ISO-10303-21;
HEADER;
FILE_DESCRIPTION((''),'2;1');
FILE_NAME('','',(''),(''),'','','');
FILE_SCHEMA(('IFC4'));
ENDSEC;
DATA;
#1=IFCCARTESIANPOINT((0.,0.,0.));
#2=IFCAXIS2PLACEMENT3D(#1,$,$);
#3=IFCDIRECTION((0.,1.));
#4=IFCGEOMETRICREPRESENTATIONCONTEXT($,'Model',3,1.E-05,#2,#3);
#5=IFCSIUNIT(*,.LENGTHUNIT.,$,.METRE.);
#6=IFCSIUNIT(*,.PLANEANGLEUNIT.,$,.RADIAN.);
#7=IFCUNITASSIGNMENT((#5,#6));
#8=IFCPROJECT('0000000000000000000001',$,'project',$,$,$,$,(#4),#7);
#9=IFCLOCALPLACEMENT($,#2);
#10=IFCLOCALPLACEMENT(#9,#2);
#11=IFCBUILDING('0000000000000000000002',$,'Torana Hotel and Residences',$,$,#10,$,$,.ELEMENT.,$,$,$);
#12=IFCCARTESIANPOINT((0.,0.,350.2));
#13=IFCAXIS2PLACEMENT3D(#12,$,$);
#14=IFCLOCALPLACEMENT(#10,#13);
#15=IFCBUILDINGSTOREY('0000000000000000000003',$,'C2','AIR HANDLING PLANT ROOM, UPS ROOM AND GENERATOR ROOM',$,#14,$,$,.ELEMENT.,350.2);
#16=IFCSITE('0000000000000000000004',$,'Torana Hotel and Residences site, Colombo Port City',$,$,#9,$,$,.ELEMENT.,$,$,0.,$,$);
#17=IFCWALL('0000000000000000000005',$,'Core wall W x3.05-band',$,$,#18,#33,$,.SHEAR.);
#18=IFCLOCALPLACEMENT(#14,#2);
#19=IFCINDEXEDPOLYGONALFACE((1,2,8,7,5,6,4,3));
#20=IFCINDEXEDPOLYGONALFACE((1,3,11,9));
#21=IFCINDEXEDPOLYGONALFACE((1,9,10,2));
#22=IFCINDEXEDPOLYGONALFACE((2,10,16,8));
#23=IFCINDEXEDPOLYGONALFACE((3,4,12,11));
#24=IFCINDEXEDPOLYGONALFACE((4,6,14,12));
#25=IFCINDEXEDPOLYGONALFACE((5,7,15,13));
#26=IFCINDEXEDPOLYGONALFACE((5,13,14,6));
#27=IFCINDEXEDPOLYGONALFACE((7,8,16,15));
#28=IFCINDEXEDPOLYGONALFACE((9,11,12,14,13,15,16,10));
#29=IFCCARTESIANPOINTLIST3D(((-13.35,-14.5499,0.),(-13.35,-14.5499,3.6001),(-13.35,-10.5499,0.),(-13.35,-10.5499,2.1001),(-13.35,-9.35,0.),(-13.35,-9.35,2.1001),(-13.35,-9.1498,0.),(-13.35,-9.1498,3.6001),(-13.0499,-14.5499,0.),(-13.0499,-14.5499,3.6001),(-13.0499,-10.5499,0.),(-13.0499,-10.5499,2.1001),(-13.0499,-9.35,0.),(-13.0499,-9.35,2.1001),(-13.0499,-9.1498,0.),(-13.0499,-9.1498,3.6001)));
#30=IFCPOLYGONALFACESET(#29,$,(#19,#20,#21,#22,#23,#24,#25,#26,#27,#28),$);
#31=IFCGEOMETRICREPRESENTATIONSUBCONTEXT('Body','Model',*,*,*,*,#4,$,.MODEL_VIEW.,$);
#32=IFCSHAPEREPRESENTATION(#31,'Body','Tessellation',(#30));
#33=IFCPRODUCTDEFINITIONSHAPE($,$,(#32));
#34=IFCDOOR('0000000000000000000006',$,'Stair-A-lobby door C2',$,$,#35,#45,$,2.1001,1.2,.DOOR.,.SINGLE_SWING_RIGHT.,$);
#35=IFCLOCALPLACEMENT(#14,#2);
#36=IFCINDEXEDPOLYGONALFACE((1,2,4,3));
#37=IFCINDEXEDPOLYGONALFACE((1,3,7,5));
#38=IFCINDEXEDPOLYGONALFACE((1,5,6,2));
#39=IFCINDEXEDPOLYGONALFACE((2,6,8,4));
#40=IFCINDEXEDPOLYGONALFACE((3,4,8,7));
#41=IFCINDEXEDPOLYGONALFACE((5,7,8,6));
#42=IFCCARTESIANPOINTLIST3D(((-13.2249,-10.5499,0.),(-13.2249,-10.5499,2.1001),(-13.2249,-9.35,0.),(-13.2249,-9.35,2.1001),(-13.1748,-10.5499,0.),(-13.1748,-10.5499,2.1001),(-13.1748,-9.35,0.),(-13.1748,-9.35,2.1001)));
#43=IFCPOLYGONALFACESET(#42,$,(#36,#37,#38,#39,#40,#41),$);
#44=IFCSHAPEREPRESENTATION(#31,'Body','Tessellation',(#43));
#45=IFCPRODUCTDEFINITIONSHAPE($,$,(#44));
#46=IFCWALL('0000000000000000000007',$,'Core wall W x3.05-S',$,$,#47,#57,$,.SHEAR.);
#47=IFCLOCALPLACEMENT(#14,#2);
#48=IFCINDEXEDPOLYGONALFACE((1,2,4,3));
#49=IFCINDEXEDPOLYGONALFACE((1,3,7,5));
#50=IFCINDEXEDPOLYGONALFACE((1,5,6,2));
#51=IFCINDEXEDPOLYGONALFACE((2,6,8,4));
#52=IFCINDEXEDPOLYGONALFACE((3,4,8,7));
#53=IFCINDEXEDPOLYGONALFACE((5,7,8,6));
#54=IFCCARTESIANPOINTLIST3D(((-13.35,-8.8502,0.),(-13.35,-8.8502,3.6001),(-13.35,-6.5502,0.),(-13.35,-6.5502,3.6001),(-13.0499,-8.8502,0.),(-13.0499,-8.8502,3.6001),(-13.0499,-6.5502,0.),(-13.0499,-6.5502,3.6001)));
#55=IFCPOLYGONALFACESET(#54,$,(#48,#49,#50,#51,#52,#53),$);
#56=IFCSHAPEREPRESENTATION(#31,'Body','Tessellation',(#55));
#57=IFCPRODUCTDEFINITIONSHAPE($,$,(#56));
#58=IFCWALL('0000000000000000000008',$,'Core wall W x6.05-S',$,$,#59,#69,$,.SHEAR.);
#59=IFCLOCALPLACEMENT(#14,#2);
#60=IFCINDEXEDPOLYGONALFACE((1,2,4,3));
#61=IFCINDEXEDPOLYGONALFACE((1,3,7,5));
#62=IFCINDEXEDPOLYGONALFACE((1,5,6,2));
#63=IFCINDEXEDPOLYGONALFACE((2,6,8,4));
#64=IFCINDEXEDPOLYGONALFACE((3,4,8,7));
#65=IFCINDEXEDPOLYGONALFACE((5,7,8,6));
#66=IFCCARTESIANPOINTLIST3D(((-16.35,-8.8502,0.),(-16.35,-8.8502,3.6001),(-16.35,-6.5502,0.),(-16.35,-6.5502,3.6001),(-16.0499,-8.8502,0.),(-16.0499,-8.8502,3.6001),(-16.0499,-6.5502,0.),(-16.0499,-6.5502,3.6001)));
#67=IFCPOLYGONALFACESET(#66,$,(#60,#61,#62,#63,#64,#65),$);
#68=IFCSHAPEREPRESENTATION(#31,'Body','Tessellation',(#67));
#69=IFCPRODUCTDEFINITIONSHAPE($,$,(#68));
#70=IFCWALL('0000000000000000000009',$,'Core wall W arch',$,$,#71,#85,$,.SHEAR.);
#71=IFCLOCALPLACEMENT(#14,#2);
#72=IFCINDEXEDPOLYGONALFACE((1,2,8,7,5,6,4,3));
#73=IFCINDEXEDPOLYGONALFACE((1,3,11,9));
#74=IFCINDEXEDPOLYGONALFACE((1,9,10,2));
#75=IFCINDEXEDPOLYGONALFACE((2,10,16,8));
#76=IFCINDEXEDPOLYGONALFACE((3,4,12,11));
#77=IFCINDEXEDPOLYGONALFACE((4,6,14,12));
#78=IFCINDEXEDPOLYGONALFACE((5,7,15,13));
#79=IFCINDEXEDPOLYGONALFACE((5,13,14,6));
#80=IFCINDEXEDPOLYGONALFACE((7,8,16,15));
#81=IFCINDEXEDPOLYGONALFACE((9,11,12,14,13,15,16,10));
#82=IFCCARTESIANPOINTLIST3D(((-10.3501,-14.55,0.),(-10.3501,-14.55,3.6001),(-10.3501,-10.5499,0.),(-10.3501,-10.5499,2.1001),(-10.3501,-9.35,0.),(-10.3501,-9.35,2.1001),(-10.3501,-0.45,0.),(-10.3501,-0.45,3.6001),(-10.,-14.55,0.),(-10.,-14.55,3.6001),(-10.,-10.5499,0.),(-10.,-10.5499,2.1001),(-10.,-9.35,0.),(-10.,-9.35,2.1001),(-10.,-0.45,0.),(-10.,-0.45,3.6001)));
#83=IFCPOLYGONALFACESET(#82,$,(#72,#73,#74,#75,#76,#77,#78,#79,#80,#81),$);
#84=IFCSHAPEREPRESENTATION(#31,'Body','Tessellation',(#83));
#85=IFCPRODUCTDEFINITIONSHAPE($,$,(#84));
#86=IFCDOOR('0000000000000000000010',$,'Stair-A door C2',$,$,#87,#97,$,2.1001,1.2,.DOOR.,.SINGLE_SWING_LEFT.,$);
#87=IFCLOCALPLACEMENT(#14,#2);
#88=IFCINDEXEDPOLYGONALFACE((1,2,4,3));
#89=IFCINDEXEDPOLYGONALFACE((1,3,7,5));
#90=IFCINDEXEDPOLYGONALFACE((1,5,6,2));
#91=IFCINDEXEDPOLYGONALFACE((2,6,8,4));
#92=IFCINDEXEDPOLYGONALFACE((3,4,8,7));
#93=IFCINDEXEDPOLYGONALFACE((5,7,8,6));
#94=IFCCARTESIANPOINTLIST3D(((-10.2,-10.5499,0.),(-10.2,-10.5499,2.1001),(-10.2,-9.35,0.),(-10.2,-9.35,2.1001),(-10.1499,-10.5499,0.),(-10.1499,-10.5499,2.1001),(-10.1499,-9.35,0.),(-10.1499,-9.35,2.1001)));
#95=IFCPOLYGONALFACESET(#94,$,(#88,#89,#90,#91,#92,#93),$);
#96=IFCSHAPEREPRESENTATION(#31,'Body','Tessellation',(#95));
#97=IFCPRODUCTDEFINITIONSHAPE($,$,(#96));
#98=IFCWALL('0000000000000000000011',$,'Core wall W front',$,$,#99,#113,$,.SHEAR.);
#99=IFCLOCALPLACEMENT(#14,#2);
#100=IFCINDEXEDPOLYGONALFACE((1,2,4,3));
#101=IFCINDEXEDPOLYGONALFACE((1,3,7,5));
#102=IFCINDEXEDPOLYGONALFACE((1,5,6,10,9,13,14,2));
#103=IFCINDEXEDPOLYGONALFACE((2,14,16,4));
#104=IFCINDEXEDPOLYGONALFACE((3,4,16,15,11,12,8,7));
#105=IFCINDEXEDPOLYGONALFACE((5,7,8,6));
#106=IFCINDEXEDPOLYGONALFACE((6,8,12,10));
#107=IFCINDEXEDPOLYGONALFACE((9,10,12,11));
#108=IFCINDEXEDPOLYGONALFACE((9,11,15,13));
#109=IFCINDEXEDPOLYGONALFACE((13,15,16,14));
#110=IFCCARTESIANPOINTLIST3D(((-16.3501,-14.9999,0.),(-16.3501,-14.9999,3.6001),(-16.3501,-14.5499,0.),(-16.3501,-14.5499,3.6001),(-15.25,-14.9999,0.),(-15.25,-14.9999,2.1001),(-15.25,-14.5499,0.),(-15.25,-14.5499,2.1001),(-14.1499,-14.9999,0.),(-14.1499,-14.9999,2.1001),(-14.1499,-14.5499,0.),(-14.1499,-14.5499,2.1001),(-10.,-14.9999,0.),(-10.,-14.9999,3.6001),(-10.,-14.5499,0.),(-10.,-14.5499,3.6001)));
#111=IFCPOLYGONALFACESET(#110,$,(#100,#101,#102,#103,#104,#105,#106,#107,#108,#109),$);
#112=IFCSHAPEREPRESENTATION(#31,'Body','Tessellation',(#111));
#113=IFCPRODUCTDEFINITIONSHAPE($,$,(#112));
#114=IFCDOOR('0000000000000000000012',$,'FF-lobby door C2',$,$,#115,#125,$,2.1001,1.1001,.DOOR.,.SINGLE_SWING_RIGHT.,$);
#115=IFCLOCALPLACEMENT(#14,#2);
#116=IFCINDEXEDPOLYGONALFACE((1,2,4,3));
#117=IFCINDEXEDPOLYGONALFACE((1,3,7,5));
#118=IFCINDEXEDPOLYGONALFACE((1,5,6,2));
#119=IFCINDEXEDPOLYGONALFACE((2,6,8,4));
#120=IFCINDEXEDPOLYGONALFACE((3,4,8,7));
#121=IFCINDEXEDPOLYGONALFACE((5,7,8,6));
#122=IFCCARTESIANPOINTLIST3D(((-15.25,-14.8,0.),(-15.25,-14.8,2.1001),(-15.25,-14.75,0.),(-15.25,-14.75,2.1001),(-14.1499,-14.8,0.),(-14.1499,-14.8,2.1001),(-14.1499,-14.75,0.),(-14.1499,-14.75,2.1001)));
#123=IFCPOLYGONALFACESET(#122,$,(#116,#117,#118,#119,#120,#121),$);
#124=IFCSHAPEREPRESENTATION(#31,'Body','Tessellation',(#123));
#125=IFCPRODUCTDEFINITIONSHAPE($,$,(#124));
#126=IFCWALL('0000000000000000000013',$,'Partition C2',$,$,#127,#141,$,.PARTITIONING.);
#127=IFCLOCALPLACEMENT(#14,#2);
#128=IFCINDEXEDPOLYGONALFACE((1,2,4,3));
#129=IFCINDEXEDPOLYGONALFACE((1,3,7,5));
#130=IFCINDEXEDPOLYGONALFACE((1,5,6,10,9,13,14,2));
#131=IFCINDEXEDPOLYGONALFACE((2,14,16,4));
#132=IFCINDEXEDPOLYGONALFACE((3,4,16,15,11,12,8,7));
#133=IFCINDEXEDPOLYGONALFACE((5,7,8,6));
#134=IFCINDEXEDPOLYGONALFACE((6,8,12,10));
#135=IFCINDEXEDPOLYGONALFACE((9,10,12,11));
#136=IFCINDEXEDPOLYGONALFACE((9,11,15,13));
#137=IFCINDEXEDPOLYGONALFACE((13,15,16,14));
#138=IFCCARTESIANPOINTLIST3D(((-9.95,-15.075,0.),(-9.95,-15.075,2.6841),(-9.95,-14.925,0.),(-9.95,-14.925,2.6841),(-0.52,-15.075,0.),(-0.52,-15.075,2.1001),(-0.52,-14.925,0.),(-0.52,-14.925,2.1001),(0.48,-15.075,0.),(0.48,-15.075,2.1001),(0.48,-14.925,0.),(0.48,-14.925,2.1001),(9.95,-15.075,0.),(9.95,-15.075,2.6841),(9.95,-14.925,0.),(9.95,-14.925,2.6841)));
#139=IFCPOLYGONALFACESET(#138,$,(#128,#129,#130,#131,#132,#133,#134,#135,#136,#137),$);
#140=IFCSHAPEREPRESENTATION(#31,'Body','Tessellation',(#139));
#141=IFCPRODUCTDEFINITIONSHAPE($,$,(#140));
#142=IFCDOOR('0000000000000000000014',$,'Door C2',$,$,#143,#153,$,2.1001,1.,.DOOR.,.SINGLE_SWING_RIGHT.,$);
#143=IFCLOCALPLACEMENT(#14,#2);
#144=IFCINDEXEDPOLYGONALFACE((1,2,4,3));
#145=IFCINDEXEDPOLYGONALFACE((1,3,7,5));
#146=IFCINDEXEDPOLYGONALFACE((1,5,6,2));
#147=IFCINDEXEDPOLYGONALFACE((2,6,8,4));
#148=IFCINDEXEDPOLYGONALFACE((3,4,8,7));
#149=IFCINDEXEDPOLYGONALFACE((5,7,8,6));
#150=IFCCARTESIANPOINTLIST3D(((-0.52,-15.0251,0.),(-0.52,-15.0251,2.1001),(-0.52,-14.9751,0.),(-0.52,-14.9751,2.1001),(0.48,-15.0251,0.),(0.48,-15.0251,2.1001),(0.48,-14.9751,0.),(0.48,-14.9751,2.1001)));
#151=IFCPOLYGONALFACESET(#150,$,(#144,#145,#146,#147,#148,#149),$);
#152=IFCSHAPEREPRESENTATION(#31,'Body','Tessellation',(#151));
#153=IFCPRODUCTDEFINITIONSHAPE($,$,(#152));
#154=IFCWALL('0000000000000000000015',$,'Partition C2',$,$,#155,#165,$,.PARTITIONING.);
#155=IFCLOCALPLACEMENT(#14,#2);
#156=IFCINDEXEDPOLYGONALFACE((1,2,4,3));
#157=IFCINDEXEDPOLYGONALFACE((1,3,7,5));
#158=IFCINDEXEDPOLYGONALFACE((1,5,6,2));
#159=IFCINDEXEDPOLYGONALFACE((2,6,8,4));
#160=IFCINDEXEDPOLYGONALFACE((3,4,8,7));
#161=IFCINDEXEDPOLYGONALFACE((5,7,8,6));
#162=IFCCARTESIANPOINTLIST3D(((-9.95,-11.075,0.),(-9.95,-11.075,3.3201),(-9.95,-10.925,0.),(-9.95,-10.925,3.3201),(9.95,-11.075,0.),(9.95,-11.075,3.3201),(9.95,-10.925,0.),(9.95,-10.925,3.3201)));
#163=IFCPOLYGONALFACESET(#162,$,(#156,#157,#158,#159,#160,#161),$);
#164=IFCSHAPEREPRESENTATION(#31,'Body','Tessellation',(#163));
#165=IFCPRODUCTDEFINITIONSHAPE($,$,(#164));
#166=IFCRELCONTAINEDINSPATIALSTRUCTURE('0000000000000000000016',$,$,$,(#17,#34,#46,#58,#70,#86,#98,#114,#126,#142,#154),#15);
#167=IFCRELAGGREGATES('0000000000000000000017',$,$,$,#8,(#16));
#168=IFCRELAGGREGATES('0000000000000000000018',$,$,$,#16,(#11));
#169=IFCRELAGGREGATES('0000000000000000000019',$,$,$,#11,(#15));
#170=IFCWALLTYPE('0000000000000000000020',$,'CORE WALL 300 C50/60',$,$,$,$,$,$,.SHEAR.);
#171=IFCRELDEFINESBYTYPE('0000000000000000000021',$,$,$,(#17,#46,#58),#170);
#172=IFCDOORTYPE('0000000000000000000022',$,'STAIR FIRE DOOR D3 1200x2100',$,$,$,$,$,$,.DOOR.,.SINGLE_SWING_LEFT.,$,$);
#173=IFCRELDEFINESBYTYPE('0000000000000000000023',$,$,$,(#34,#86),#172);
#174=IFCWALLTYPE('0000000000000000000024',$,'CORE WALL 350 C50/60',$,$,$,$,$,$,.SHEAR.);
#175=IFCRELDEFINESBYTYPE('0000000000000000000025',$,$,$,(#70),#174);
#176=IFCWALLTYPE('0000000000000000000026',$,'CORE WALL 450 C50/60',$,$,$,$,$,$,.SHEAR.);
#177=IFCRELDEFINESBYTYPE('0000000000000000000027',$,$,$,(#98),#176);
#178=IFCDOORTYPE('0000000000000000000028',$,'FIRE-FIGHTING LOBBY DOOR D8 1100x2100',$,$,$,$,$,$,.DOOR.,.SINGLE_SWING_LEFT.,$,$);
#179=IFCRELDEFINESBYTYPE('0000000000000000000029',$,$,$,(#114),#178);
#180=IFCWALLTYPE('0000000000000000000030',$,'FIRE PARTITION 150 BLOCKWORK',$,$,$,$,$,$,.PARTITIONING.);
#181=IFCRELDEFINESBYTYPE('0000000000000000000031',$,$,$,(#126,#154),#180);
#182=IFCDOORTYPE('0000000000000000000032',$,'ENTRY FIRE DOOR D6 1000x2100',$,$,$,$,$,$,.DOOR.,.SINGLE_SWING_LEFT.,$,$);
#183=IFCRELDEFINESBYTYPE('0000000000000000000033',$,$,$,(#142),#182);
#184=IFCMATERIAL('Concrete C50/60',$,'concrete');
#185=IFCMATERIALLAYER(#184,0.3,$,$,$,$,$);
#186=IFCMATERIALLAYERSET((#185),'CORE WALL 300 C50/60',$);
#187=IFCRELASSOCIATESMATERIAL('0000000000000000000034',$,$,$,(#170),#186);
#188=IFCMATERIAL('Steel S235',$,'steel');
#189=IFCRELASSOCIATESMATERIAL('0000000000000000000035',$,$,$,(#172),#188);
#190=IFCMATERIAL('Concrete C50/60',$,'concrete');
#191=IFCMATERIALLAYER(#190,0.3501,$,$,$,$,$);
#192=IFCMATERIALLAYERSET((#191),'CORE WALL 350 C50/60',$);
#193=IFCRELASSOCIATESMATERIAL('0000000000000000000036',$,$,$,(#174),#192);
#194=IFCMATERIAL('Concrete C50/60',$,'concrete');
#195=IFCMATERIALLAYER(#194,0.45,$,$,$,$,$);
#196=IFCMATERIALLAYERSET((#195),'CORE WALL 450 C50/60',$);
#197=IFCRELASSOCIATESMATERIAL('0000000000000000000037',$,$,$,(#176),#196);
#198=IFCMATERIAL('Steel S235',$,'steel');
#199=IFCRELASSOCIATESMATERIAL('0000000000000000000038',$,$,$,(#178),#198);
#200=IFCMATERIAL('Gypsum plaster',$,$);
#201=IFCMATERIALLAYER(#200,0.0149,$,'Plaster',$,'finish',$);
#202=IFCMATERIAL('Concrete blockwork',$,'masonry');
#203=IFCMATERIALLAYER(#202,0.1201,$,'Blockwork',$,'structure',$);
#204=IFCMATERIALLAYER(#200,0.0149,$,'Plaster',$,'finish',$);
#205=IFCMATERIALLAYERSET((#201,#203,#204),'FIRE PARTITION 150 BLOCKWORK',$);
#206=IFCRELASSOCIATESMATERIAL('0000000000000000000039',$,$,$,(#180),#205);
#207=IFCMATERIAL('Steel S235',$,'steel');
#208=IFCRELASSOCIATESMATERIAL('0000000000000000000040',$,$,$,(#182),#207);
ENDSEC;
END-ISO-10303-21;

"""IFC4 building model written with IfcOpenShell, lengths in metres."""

from ifc_helpers import new_model, si_unit, direction, frame, frame_2d, origin, place, context, subcontext, project, spatial, rectangle, extrude, material, layer, layer_set, type_object, element, fill, save


model = new_model("IFC4")

# Units and contexts
model_context = context("Model", 3, precision=1e-05, world=origin(), true_north=direction((0.0, 1.0)))
body_context = subcontext(model_context, "Body", "Model", "MODEL_VIEW")
ifc_project = project(units=[si_unit("LENGTHUNIT", "METRE"), si_unit("PLANEANGLEUNIT", "RADIAN")], contexts=[model_context])

# Site, building, storey
site_placement = place(None, origin())
site = spatial("IfcSite", under=ifc_project, at=site_placement, Name="Torana Hotel and Residences site, Colombo Port City", CompositionType="ELEMENT", RefElevation=0.0)
building_placement = place(site_placement, origin())
building = spatial("IfcBuilding", under=site, at=building_placement, Name="Torana Hotel and Residences", CompositionType="ELEMENT")
storey_placement = place(building_placement, frame((0.0, 0.0, 350.2)))
storey = spatial("IfcBuildingStorey", under=building, at=storey_placement, Name="C2", Description="AIR HANDLING PLANT ROOM, UPS ROOM AND GENERATOR ROOM", CompositionType="ELEMENT", Elevation=350.2)

# Shared definitions
ifc_material_1 = material(Name="Concrete C50/60", Category="concrete")
ifc_layer_1 = layer(ifc_material_1, 0.3)
ifc_layer_set_1 = layer_set([ifc_layer_1], Name="CORE WALL 300 C50/60")
wall_type_1 = type_object("IfcWallType", Name="CORE WALL 300 C50/60", PredefinedType="SHEAR", material=ifc_layer_set_1)

# Wall, opening, door
wall_1_placement = place(storey_placement, frame((-13.2, -14.55, 0.0), z_axis=(0.0, 0.0, 1.0), x_axis=(0.0, 1.0, 0.0)))
wall_1 = element("IfcWall", 1, at=wall_1_placement, inside=storey, type_object=wall_type_1, Name="Core wall W x3.05-band", PredefinedType="SHEAR", context=body_context, shape_type="SweptSolid", body=[
    extrude(rectangle(XDim=5.4001, YDim=0.3, at=frame_2d((2.7002, 0.0))), origin(), (0.0, 0.0, 1.0), 3.6001),
])
opening_1_placement = place(wall_1_placement, frame((4.0, 0.0, 0.0)))
opening_1 = element("IfcOpeningElement", 2, at=opening_1_placement, cuts=wall_1, PredefinedType="OPENING", context=body_context, shape_type="SweptSolid", body=[
    extrude(rectangle(XDim=1.2, YDim=2.1001, at=frame_2d((0.6001, 1.05))), frame((0.0, 0.1599, 0.0), z_axis=(0.0, -1.0, 0.0), x_axis=(1.0, 0.0, 0.0)), (0.0, 0.0, 1.0), 0.3201),
])
ifc_material_2 = material(Name="Steel S235", Category="steel")
door_type_1 = type_object("IfcDoorType", Name="STAIR FIRE DOOR D3 1200x2100", OperationType="SINGLE_SWING_LEFT", PredefinedType="DOOR", material=ifc_material_2)
door_1_placement = place(opening_1_placement, frame((0.6001, 0.0, 0.0), z_axis=(0.0, 0.0, 1.0), x_axis=(-1.0, 0.0, 0.0)))
door_1 = element("IfcDoor", 3, at=door_1_placement, inside=storey, type_object=door_type_1, Name="Stair-A-lobby door C2", OperationType="SINGLE_SWING_RIGHT", OverallHeight=2.1001, OverallWidth=1.2, PredefinedType="DOOR", context=body_context, shape_type="SweptSolid", body=[
    extrude(rectangle(XDim=1.2, YDim=2.1001, at=frame_2d((0.0, 1.05))), frame((0.0, -0.0249, 0.0), z_axis=(0.0, 1.0, 0.0), x_axis=(-1.0, 0.0, 0.0)), (0.0, 0.0, 1.0), 0.05),
])
fill(opening_1, door_1)

# Walls
for number, where, z_axis, x_axis, name in (
    (4, (-13.2, -8.8501, 0.0), (0.0, 0.0, 1.0), (0.0, 1.0, 0.0), "Core wall W x3.05-S"),
    (5, (-16.2, -8.8501, 0.0), (0.0, 0.0, 1.0), (0.0, 1.0, 0.0), "Core wall W x6.05-S"),
):
    element("IfcWall", number, at=place(storey_placement, frame(where, z_axis=z_axis, x_axis=x_axis)), inside=storey, type_object=wall_type_1, Name=name, PredefinedType="SHEAR", context=body_context, shape_type="SweptSolid", body=[
        extrude(rectangle(XDim=2.3, YDim=0.3, at=frame_2d((1.1499, 0.0))), origin(), (0.0, 0.0, 1.0), 3.6001),
    ])

# Walls, openings, doors
ifc_material_3 = material(Name="Concrete C50/60", Category="concrete")
ifc_layer_2 = layer(ifc_material_3, 0.3501)
ifc_layer_set_2 = layer_set([ifc_layer_2], Name="CORE WALL 350 C50/60")
wall_type_2 = type_object("IfcWallType", Name="CORE WALL 350 C50/60", PredefinedType="SHEAR", material=ifc_layer_set_2)
wall_2_placement = place(storey_placement, frame((-10.175, -14.55, 0.0), z_axis=(0.0, 0.0, 1.0), x_axis=(0.0, 1.0, 0.0)))
wall_2 = element("IfcWall", 6, at=wall_2_placement, inside=storey, type_object=wall_type_2, Name="Core wall W arch", PredefinedType="SHEAR", context=body_context, shape_type="SweptSolid", body=[
    extrude(rectangle(XDim=14.1001, YDim=0.3501, at=frame_2d((7.05, 0.0))), origin(), (0.0, 0.0, 1.0), 3.6001),
])
opening_2_placement = place(wall_2_placement, frame((4.0, 0.0, 0.0)))
opening_2 = element("IfcOpeningElement", 7, at=opening_2_placement, cuts=wall_2, PredefinedType="OPENING", context=body_context, shape_type="SweptSolid", body=[
    extrude(rectangle(XDim=1.2, YDim=2.1001, at=frame_2d((0.6001, 1.05))), frame((0.0, 0.1851, 0.0), z_axis=(0.0, -1.0, 0.0), x_axis=(1.0, 0.0, 0.0)), (0.0, 0.0, 1.0), 0.3701),
])
door_2_placement = place(opening_2_placement, origin())
door_2 = element("IfcDoor", 8, at=door_2_placement, inside=storey, type_object=door_type_1, Name="Stair-A door C2", OperationType="SINGLE_SWING_LEFT", OverallHeight=2.1001, OverallWidth=1.2, PredefinedType="DOOR", context=body_context, shape_type="SweptSolid", body=[
    extrude(rectangle(XDim=1.2, YDim=2.1001, at=frame_2d((0.6001, 1.05))), frame((0.0, 0.0249, 0.0), z_axis=(0.0, -1.0, 0.0), x_axis=(1.0, 0.0, 0.0)), (0.0, 0.0, 1.0), 0.05),
])
fill(opening_2, door_2)
ifc_material_4 = material(Name="Concrete C50/60", Category="concrete")
ifc_layer_3 = layer(ifc_material_4, 0.45)
ifc_layer_set_3 = layer_set([ifc_layer_3], Name="CORE WALL 450 C50/60")
wall_type_3 = type_object("IfcWallType", Name="CORE WALL 450 C50/60", PredefinedType="SHEAR", material=ifc_layer_set_3)
wall_3_placement = place(storey_placement, frame((-16.3501, -14.7749, 0.0), z_axis=(0.0, 0.0, 1.0), x_axis=(1.0, 0.0, 0.0)))
wall_3 = element("IfcWall", 9, at=wall_3_placement, inside=storey, type_object=wall_type_3, Name="Core wall W front", PredefinedType="SHEAR", context=body_context, shape_type="SweptSolid", body=[
    extrude(rectangle(XDim=6.3501, YDim=0.45, at=frame_2d((3.175, 0.0))), origin(), (0.0, 0.0, 1.0), 3.6001),
])
opening_3_placement = place(wall_3_placement, frame((1.1001, 0.0, 0.0)))
opening_3 = element("IfcOpeningElement", 10, at=opening_3_placement, cuts=wall_3, PredefinedType="OPENING", context=body_context, shape_type="SweptSolid", body=[
    extrude(rectangle(XDim=1.1001, YDim=2.1001, at=frame_2d((0.55, 1.05))), frame((0.0, 0.2349, 0.0), z_axis=(0.0, -1.0, 0.0), x_axis=(1.0, 0.0, 0.0)), (0.0, 0.0, 1.0), 0.47),
])
ifc_material_5 = material(Name="Steel S235", Category="steel")
door_type_2 = type_object("IfcDoorType", Name="FIRE-FIGHTING LOBBY DOOR D8 1100x2100", OperationType="SINGLE_SWING_LEFT", PredefinedType="DOOR", material=ifc_material_5)
door_3_placement = place(opening_3_placement, origin())
door_3 = element("IfcDoor", 11, at=door_3_placement, inside=storey, type_object=door_type_2, Name="FF-lobby door C2", OperationType="SINGLE_SWING_RIGHT", OverallHeight=2.1001, OverallWidth=1.1001, PredefinedType="DOOR", context=body_context, shape_type="SweptSolid", body=[
    extrude(rectangle(XDim=1.1001, YDim=2.1001, at=frame_2d((0.55, 1.05))), frame((0.0, 0.0249, 0.0), z_axis=(0.0, -1.0, 0.0), x_axis=(1.0, 0.0, 0.0)), (0.0, 0.0, 1.0), 0.05),
])
fill(opening_3, door_3)
ifc_material_6 = material(Name="Gypsum plaster")
ifc_layer_4 = layer(ifc_material_6, 0.0149, Name="Plaster", Category="finish")
ifc_material_7 = material(Name="Concrete blockwork", Category="masonry")
ifc_layer_5 = layer(ifc_material_7, 0.1201, Name="Blockwork", Category="structure")
ifc_layer_6 = layer(ifc_material_6, 0.0149, Name="Plaster", Category="finish")
ifc_layer_set_4 = layer_set([ifc_layer_4, ifc_layer_5, ifc_layer_6], Name="FIRE PARTITION 150 BLOCKWORK")
wall_type_4 = type_object("IfcWallType", Name="FIRE PARTITION 150 BLOCKWORK", PredefinedType="PARTITIONING", material=ifc_layer_set_4)
wall_4_placement = place(storey_placement, frame((-9.95, -15.0, 0.0), z_axis=(0.0, 0.0, 1.0), x_axis=(1.0, 0.0, 0.0)))
wall_4 = element("IfcWall", 12, at=wall_4_placement, inside=storey, type_object=wall_type_4, Name="Partition C2", PredefinedType="PARTITIONING", context=body_context, shape_type="SweptSolid", body=[
    extrude(rectangle(XDim=19.8999, YDim=0.1499, at=frame_2d((9.95, 0.0))), origin(), (0.0, 0.0, 1.0), 2.6841),
])
opening_4_placement = place(wall_4_placement, frame((9.4299, 0.0, 0.0)))
opening_4 = element("IfcOpeningElement", 13, at=opening_4_placement, cuts=wall_4, PredefinedType="OPENING", context=body_context, shape_type="SweptSolid", body=[
    extrude(rectangle(XDim=1.0, YDim=2.1001, at=frame_2d((0.5, 1.05))), frame((0.0, 0.085, 0.0), z_axis=(0.0, -1.0, 0.0), x_axis=(1.0, 0.0, 0.0)), (0.0, 0.0, 1.0), 0.1699),
])
ifc_material_8 = material(Name="Steel S235", Category="steel")
door_type_3 = type_object("IfcDoorType", Name="ENTRY FIRE DOOR D6 1000x2100", OperationType="SINGLE_SWING_LEFT", PredefinedType="DOOR", material=ifc_material_8)
door_4_placement = place(opening_4_placement, origin())
door_4 = element("IfcDoor", 14, at=door_4_placement, inside=storey, type_object=door_type_3, Name="Door C2", OperationType="SINGLE_SWING_RIGHT", OverallHeight=2.1001, OverallWidth=1.0, PredefinedType="DOOR", context=body_context, shape_type="SweptSolid", body=[
    extrude(rectangle(XDim=1.0, YDim=2.1001, at=frame_2d((0.5, 1.05))), frame((0.0, 0.0249, 0.0), z_axis=(0.0, -1.0, 0.0), x_axis=(1.0, 0.0, 0.0)), (0.0, 0.0, 1.0), 0.05),
])
fill(opening_4, door_4)

# Wall
wall_5_placement = place(storey_placement, frame((-9.95, -11.0, 0.0), z_axis=(0.0, 0.0, 1.0), x_axis=(1.0, 0.0, 0.0)))
element("IfcWall", 15, at=wall_5_placement, inside=storey, type_object=wall_type_4, Name="Partition C2", PredefinedType="PARTITIONING", context=body_context, shape_type="SweptSolid", body=[
    extrude(rectangle(XDim=19.8999, YDim=0.1499, at=frame_2d((9.95, 0.0))), origin(), (0.0, 0.0, 1.0), 3.3201),
])

save(model, "model.ifc")
